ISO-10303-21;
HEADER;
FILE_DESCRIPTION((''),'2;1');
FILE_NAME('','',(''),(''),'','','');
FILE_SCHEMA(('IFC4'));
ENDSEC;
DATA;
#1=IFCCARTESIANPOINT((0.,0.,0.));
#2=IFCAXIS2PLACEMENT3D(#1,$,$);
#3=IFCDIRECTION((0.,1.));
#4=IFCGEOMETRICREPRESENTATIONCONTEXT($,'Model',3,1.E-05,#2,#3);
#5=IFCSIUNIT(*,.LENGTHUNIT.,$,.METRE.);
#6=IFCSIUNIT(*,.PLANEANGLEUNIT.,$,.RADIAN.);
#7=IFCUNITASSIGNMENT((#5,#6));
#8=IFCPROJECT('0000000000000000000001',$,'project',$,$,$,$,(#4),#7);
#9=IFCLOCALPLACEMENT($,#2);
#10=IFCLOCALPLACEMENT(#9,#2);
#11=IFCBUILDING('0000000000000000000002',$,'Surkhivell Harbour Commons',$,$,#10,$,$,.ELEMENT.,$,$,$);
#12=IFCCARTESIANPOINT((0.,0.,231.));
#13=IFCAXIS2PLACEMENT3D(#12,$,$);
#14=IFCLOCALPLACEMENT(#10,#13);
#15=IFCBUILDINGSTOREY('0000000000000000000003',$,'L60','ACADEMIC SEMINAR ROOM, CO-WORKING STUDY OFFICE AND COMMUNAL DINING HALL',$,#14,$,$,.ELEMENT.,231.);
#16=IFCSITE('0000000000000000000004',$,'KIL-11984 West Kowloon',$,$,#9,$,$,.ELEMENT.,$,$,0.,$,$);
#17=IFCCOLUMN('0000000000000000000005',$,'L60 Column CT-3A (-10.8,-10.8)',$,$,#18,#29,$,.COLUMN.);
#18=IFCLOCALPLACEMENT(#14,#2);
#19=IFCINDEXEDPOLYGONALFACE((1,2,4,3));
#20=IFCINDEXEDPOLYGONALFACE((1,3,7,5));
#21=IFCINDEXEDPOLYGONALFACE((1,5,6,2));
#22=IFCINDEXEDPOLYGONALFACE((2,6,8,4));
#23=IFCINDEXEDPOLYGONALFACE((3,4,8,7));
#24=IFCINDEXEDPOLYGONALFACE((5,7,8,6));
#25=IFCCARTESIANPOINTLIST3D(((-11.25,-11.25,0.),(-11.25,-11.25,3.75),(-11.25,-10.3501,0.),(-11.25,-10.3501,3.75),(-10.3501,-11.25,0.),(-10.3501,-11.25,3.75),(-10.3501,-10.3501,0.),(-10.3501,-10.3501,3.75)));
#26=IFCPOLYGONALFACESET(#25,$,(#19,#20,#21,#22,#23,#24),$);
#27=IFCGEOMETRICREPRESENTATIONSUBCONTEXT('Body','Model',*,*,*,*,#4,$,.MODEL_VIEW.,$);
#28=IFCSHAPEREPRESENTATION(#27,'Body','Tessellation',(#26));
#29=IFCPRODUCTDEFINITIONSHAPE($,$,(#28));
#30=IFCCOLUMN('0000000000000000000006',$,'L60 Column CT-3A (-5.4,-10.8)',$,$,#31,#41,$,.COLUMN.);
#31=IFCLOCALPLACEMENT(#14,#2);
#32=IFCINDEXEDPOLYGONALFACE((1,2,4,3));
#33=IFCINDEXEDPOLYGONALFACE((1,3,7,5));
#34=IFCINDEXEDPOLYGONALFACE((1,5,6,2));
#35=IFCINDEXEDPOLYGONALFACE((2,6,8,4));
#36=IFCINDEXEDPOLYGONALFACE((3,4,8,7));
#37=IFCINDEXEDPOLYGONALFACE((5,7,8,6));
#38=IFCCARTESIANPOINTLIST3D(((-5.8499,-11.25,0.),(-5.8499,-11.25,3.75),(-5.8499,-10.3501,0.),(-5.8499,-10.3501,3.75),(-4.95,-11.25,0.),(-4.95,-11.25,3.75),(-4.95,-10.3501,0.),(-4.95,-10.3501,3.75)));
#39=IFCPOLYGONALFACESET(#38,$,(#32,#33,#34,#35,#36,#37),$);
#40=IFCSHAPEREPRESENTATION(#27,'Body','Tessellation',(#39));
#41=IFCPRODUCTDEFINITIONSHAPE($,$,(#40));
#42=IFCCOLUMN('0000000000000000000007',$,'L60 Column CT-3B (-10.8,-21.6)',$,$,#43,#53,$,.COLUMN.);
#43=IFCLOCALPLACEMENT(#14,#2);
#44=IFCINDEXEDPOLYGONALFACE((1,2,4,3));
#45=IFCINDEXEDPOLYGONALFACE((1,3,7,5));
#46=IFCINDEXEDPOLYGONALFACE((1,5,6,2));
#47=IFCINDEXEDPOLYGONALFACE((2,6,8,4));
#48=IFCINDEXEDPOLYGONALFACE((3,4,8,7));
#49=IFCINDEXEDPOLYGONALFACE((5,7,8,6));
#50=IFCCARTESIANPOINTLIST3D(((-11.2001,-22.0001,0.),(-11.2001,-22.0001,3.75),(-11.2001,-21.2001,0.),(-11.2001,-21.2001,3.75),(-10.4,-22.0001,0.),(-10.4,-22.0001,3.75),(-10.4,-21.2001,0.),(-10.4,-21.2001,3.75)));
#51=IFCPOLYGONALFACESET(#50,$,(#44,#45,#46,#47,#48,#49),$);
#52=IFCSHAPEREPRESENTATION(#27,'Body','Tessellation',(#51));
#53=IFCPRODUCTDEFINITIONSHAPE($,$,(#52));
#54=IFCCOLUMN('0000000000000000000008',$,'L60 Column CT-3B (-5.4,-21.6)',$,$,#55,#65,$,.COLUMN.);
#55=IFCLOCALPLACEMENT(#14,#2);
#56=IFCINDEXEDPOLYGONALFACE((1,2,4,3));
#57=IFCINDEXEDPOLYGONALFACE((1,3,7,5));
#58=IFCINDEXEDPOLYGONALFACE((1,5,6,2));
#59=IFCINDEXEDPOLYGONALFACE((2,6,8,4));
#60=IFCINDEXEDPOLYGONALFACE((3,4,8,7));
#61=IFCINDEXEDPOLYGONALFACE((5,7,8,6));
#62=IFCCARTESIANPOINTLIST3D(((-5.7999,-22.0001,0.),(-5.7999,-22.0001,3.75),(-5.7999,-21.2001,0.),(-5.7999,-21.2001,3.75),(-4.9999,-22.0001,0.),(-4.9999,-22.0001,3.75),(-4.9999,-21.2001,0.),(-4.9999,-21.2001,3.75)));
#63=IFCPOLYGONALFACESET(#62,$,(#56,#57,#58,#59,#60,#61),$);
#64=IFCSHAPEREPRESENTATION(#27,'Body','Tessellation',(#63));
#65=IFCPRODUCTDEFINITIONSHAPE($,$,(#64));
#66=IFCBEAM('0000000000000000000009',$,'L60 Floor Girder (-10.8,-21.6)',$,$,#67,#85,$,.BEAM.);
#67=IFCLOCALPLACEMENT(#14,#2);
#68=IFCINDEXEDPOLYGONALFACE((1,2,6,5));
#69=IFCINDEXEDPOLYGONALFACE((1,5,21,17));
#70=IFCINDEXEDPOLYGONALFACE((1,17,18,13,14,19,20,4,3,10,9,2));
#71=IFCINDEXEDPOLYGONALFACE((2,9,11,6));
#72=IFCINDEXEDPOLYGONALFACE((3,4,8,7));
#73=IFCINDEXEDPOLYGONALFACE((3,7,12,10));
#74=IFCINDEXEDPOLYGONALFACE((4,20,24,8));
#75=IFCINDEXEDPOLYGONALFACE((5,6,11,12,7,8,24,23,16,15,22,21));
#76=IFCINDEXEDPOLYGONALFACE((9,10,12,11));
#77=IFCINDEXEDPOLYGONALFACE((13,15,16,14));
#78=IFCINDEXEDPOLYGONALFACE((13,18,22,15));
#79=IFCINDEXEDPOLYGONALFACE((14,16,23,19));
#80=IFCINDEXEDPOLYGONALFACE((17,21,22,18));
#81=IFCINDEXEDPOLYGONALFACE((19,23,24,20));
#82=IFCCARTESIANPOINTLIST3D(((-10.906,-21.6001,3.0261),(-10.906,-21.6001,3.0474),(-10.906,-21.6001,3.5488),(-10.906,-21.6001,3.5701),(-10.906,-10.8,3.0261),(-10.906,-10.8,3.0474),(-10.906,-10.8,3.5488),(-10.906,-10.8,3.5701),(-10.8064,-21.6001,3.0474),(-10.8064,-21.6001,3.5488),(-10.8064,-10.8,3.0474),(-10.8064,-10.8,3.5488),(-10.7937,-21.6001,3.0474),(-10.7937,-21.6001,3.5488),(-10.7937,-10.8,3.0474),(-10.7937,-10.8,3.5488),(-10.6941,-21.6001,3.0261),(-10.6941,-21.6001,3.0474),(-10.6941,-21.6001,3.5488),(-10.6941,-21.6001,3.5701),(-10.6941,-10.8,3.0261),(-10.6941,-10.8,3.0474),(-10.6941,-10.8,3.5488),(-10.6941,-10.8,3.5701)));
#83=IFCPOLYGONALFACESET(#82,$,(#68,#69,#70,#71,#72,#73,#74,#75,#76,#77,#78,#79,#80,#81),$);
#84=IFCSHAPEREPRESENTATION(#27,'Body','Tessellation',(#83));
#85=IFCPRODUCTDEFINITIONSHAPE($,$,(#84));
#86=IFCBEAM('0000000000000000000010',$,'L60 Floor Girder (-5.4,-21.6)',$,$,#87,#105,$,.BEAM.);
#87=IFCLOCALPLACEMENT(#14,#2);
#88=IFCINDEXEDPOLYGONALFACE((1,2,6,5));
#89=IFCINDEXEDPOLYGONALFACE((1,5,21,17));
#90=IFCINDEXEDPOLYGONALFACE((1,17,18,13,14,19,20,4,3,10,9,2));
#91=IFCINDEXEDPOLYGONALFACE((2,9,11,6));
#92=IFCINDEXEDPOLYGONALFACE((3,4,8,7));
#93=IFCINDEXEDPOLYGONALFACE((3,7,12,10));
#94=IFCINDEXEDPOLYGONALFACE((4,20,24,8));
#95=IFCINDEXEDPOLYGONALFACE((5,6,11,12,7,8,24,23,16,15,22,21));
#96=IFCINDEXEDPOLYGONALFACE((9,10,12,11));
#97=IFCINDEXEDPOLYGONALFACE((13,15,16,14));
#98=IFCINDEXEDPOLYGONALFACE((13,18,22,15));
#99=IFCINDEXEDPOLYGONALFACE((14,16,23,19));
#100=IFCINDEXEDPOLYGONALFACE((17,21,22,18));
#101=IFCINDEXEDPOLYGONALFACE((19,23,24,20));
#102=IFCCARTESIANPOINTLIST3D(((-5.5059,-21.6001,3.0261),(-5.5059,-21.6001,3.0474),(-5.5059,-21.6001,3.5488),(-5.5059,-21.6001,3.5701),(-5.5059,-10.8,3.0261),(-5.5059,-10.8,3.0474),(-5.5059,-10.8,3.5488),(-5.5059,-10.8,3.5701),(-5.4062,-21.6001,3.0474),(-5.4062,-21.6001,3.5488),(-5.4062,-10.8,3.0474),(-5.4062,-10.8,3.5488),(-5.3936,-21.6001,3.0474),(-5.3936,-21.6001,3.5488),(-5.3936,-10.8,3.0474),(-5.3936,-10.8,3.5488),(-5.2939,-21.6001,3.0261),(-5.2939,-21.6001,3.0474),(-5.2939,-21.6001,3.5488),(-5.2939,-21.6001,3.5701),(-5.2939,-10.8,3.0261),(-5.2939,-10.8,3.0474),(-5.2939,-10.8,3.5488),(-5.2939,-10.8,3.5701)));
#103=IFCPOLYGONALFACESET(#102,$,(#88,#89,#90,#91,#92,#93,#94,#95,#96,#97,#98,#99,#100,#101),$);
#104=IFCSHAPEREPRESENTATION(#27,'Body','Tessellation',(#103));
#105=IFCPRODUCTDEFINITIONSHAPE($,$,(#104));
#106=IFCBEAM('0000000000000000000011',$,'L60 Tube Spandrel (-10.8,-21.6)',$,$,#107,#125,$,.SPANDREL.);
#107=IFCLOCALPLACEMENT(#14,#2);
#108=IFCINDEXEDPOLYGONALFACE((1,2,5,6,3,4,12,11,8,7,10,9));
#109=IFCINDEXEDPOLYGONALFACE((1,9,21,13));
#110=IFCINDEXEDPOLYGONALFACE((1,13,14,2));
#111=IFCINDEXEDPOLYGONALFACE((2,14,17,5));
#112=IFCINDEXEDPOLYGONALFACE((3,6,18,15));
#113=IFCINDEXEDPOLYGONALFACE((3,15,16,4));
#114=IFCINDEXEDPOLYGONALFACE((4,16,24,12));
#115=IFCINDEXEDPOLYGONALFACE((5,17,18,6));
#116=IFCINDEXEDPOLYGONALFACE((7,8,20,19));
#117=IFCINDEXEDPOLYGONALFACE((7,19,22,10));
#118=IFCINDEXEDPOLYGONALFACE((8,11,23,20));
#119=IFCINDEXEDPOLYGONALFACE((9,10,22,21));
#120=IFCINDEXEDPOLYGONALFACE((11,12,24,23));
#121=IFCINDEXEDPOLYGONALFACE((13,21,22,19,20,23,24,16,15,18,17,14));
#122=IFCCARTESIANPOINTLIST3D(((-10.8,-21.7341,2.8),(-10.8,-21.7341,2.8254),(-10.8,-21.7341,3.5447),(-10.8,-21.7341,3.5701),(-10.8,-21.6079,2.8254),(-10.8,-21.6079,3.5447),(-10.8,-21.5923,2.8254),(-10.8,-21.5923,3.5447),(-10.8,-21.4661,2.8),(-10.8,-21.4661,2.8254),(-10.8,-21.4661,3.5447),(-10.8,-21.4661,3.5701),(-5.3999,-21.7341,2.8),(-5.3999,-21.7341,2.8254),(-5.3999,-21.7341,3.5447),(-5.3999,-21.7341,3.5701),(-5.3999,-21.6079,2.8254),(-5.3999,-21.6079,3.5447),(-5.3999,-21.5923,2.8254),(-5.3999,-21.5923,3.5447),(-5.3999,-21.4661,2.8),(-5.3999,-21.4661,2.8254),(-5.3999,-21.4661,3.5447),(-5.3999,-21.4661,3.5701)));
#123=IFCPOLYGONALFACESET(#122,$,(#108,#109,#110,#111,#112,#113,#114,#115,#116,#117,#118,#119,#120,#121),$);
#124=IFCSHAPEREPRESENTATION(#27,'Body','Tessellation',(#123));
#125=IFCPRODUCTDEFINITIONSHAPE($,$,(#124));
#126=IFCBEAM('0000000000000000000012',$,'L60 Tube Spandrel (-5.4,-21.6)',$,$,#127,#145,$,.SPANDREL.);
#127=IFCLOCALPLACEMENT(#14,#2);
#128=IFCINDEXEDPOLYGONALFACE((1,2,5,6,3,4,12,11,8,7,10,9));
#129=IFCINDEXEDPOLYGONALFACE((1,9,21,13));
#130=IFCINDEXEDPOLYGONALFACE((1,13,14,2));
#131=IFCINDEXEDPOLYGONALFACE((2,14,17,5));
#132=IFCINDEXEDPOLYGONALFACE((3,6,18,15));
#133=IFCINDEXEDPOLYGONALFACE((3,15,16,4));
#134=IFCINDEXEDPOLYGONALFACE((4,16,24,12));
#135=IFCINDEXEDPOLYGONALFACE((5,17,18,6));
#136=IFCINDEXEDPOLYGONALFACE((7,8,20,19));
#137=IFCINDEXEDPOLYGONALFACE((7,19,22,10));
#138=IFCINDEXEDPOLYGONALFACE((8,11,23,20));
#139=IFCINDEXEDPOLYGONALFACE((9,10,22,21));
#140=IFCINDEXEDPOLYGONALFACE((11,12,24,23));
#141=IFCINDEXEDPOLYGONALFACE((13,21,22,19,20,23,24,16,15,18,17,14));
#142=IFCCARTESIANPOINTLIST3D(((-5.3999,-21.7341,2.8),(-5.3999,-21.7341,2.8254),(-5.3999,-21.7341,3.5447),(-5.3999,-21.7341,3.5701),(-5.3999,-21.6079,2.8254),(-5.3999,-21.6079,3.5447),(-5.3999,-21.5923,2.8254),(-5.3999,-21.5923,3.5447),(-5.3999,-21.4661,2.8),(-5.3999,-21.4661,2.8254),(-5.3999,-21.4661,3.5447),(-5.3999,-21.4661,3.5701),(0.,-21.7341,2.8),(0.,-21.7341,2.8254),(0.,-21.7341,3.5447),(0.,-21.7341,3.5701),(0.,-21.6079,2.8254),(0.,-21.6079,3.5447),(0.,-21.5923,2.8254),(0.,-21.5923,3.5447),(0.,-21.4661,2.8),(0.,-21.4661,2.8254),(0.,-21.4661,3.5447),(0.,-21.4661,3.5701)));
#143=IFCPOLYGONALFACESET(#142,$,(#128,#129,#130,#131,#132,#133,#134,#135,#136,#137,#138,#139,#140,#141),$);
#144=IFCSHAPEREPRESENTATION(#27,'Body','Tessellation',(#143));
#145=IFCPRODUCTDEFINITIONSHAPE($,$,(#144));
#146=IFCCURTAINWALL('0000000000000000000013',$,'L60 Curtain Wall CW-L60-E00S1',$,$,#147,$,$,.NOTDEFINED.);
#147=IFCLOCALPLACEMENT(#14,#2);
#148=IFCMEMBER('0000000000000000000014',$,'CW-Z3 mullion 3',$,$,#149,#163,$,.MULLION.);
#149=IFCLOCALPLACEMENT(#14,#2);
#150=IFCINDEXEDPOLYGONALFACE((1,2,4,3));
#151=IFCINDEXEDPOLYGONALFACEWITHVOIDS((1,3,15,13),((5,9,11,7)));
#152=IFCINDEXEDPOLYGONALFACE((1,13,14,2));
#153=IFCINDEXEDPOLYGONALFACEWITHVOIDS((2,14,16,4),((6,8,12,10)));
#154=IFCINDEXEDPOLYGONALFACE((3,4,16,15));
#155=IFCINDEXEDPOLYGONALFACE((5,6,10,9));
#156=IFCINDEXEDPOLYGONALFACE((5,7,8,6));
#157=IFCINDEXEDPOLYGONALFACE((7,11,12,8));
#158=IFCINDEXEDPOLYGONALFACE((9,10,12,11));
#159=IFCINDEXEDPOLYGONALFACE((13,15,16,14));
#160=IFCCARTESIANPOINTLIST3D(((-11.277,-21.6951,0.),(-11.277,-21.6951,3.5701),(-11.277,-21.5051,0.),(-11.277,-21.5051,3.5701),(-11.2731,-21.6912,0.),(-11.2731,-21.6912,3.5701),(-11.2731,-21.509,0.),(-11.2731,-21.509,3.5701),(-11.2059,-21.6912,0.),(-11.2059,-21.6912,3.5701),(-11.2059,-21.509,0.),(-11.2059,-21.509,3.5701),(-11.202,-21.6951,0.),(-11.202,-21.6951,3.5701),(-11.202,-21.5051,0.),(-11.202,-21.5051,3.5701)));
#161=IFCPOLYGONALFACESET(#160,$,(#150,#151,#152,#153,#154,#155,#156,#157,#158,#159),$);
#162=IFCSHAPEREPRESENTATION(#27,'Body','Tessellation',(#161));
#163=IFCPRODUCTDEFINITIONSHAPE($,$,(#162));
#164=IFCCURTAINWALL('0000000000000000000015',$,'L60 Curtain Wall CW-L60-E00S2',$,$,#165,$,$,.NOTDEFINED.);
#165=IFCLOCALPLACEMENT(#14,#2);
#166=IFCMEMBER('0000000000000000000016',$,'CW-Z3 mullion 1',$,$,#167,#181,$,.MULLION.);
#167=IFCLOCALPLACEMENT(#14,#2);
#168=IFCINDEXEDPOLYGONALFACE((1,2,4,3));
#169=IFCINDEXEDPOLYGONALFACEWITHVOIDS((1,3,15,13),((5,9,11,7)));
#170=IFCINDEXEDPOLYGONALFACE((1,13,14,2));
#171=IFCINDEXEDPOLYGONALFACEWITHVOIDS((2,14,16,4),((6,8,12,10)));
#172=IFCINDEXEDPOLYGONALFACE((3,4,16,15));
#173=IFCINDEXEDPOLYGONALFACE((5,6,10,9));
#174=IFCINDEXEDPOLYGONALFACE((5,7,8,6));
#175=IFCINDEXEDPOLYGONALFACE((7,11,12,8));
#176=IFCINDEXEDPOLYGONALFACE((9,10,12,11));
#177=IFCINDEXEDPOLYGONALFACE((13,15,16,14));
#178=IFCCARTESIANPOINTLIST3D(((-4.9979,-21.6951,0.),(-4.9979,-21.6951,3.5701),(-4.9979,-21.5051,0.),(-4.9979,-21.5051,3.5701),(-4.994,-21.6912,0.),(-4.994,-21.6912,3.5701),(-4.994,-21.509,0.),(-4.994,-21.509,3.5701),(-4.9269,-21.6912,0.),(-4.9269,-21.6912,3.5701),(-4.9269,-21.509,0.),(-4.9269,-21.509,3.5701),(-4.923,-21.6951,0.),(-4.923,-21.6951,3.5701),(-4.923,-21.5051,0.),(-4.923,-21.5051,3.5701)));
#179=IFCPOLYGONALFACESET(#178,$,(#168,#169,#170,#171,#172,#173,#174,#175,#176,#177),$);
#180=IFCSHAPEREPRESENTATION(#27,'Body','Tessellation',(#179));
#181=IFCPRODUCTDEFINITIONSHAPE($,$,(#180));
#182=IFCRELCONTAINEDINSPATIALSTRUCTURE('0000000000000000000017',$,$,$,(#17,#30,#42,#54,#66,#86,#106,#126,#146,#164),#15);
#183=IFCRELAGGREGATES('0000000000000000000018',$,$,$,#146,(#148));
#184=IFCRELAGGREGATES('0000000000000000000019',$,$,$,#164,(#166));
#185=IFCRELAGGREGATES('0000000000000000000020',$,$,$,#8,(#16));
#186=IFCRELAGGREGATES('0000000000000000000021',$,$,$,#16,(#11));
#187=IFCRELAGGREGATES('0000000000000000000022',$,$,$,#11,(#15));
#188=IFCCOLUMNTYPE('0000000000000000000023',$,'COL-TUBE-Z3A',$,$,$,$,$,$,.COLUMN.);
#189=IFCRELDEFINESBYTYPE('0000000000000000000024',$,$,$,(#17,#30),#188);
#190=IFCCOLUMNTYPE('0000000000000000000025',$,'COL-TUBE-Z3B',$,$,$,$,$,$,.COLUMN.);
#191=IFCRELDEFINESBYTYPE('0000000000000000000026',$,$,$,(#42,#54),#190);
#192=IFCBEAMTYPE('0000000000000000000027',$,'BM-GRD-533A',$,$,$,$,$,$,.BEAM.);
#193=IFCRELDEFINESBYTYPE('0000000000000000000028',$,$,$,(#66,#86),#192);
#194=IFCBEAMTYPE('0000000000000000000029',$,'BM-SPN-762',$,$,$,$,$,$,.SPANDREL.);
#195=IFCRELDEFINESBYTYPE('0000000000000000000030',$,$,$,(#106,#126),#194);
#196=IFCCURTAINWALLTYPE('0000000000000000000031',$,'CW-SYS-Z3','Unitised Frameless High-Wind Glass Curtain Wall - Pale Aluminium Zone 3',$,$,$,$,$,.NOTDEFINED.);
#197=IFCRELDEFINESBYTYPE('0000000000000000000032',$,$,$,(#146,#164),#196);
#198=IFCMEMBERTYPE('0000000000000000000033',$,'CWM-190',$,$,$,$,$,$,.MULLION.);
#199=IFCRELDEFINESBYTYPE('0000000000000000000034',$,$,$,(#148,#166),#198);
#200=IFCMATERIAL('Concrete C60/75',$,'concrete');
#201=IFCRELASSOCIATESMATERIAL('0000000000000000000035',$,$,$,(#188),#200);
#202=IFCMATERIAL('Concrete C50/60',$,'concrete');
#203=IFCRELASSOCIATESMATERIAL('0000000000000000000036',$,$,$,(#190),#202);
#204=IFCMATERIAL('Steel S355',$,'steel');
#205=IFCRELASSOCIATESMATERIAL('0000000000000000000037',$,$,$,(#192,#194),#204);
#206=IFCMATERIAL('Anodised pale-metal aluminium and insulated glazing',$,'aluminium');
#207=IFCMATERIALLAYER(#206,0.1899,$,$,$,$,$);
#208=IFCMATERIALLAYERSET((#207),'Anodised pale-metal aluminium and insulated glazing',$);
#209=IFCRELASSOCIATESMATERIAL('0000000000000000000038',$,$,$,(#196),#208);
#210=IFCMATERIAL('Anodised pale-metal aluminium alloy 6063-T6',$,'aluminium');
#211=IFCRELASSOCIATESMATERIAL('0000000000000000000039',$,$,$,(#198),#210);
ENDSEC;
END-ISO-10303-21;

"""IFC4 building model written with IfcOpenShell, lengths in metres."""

from ifc_helpers import new_model, si_unit, direction, frame, origin, origin_2d, place, context, subcontext, project, spatial, rectangle, hollow_rectangle, i_section, extrude, material, layer, layer_set, material_profile, profile_set, type_object, element, aggregate, save


model = new_model("IFC4")

# Units and contexts
model_context = context("Model", 3, precision=1e-05, world=origin(), true_north=direction((0.0, 1.0)))
body_context = subcontext(model_context, "Body", "Model", "MODEL_VIEW")
ifc_project = project(units=[si_unit("LENGTHUNIT", "METRE"), si_unit("PLANEANGLEUNIT", "RADIAN")], contexts=[model_context])

# Site, building, storey
site_placement = place(None, origin())
site = spatial("IfcSite", under=ifc_project, at=site_placement, Name="KIL-11984 West Kowloon", CompositionType="ELEMENT", RefElevation=0.0)
building_placement = place(site_placement, origin())
building = spatial("IfcBuilding", under=site, at=building_placement, Name="Surkhivell Harbour Commons", CompositionType="ELEMENT")
storey_placement = place(building_placement, frame((0.0, 0.0, 231.0)))
storey = spatial("IfcBuildingStorey", under=building, at=storey_placement, Name="L60", Description="ACADEMIC SEMINAR ROOM, CO-WORKING STUDY OFFICE AND COMMUNAL DINING HALL", CompositionType="ELEMENT", Elevation=231.0)

# Columns
ifc_material_1 = material(Name="Concrete C60/75", Category="concrete")
ifc_material_profile_1 = material_profile(ifc_material_1, rectangle(XDim=0.8999, YDim=0.8999, at=origin_2d()), Name="RC-COL-900x900")
ifc_profile_set_1 = profile_set([ifc_material_profile_1], Name="Concrete C60/75")
column_type_1 = type_object("IfcColumnType", Name="COL-TUBE-Z3A", PredefinedType="COLUMN", material=ifc_profile_set_1)
for number, where, z_axis, x_axis, name in (
    (1, (-10.8, -10.8, 0.0), (0.0, 0.0, 1.0), (1.0, 0.0, 0.0), "L60 Column CT-3A (-10.8,-10.8)"),
    (2, (-5.3999, -10.8, 0.0), (0.0, 0.0, 1.0), (1.0, 0.0, 0.0), "L60 Column CT-3A (-5.4,-10.8)"),
):
    element("IfcColumn", number, at=place(storey_placement, frame(where, z_axis=z_axis, x_axis=x_axis)), inside=storey, type_object=column_type_1, Name=name, PredefinedType="COLUMN", context=body_context, shape_type="SweptSolid", body=[
        extrude(rectangle(XDim=0.8999, YDim=0.8999, at=origin_2d()), origin(), (0.0, 0.0, 1.0), 3.75),
    ])
ifc_material_2 = material(Name="Concrete C50/60", Category="concrete")
ifc_material_profile_2 = material_profile(ifc_material_2, rectangle(XDim=0.8, YDim=0.8, at=origin_2d()), Name="RC-COL-800x800")
ifc_profile_set_2 = profile_set([ifc_material_profile_2], Name="Concrete C50/60")
column_type_2 = type_object("IfcColumnType", Name="COL-TUBE-Z3B", PredefinedType="COLUMN", material=ifc_profile_set_2)
for number, where, z_axis, x_axis, name in (
    (3, (-10.8, -21.6001, 0.0), (0.0, 0.0, 1.0), (1.0, 0.0, 0.0), "L60 Column CT-3B (-10.8,-21.6)"),
    (4, (-5.3999, -21.6001, 0.0), (0.0, 0.0, 1.0), (1.0, 0.0, 0.0), "L60 Column CT-3B (-5.4,-21.6)"),
):
    element("IfcColumn", number, at=place(storey_placement, frame(where, z_axis=z_axis, x_axis=x_axis)), inside=storey, type_object=column_type_2, Name=name, PredefinedType="COLUMN", context=body_context, shape_type="SweptSolid", body=[
        extrude(rectangle(XDim=0.8, YDim=0.8, at=origin_2d()), origin(), (0.0, 0.0, 1.0), 3.75),
    ])

# Beams
ifc_material_3 = material(Name="Steel S355", Category="steel")
ifc_material_profile_3 = material_profile(ifc_material_3, i_section(OverallWidth=0.2119, OverallDepth=0.5439, WebThickness=0.0127, FlangeThickness=0.0212, at=origin_2d()), Name="UB533x210x122")
ifc_profile_set_3 = profile_set([ifc_material_profile_3], Name="Steel S355")
beam_type_1 = type_object("IfcBeamType", Name="BM-GRD-533A", PredefinedType="BEAM", material=ifc_profile_set_3)
for number, where, z_axis, x_axis, name in (
    (5, (-10.8, -21.6001, 3.2981), (0.0, 1.0, 0.0), (-1.0, 0.0, 0.0), "L60 Floor Girder (-10.8,-21.6)"),
    (6, (-5.3999, -21.6001, 3.2981), (0.0, 1.0, 0.0), (-1.0, 0.0, 0.0), "L60 Floor Girder (-5.4,-21.6)"),
):
    element("IfcBeam", number, at=place(storey_placement, frame(where, z_axis=z_axis, x_axis=x_axis)), inside=storey, type_object=beam_type_1, Name=name, PredefinedType="BEAM", context=body_context, shape_type="SweptSolid", body=[
        extrude(i_section(OverallWidth=0.2119, OverallDepth=0.5439, WebThickness=0.0127, FlangeThickness=0.0212, at=origin_2d()), origin(), (0.0, 0.0, 1.0), 10.8),
    ])
ifc_material_profile_4 = material_profile(ifc_material_3, i_section(OverallWidth=0.2681, OverallDepth=0.77, WebThickness=0.0156, FlangeThickness=0.0254, at=origin_2d()), Name="UB762x267x197")
ifc_profile_set_4 = profile_set([ifc_material_profile_4], Name="Steel S355")
beam_type_2 = type_object("IfcBeamType", Name="BM-SPN-762", PredefinedType="SPANDREL", material=ifc_profile_set_4)
beam_1_placement = place(storey_placement, frame((-10.8, -21.6001, 3.1851), z_axis=(1.0, 0.0, 0.0), x_axis=(0.0, 1.0, 0.0)))
element("IfcBeam", 7, at=beam_1_placement, inside=storey, type_object=beam_type_2, Name="L60 Tube Spandrel (-10.8,-21.6)", PredefinedType="SPANDREL", context=body_context, shape_type="SweptSolid", body=[
    extrude(i_section(OverallWidth=0.2681, OverallDepth=0.77, WebThickness=0.0156, FlangeThickness=0.0254, at=origin_2d()), origin(), (0.0, 0.0, 1.0), 5.4001),
])
beam_2_placement = place(storey_placement, frame((-5.3999, -21.6001, 3.1851), z_axis=(1.0, 0.0, 0.0), x_axis=(0.0, 1.0, 0.0)))
element("IfcBeam", 8, at=beam_2_placement, inside=storey, type_object=beam_type_2, Name="L60 Tube Spandrel (-5.4,-21.6)", PredefinedType="SPANDREL", context=body_context, shape_type="SweptSolid", body=[
    extrude(i_section(OverallWidth=0.2681, OverallDepth=0.77, WebThickness=0.0156, FlangeThickness=0.0254, at=origin_2d()), origin(), (0.0, 0.0, 1.0), 5.3999),
])

# Curtain wall, member
ifc_material_4 = material(Name="Anodised pale-metal aluminium and insulated glazing", Category="aluminium")
ifc_layer_1 = layer(ifc_material_4, 0.1899)
ifc_layer_set_1 = layer_set([ifc_layer_1], Name="Anodised pale-metal aluminium and insulated glazing")
curtain_wall_type = type_object("IfcCurtainWallType", Name="CW-SYS-Z3", Description="Unitised Frameless High-Wind Glass Curtain Wall - Pale Aluminium Zone 3", PredefinedType="NOTDEFINED", material=ifc_layer_set_1)
curtain_wall_1_placement = place(storey_placement, origin())
curtain_wall_1 = element("IfcCurtainWall", 9, at=curtain_wall_1_placement, inside=storey, type_object=curtain_wall_type, Name="L60 Curtain Wall CW-L60-E00S1", PredefinedType="NOTDEFINED")
ifc_material_5 = material(Name="Anodised pale-metal aluminium alloy 6063-T6", Category="aluminium")
ifc_material_profile_5 = material_profile(ifc_material_5, hollow_rectangle(XDim=0.075, YDim=0.1899, WallThickness=0.0039, at=origin_2d()), Name="ALU-MULL-75x190")
ifc_profile_set_5 = profile_set([ifc_material_profile_5], Name="Anodised pale-metal aluminium alloy 6063-T6")
member_type_1 = type_object("IfcMemberType", Name="CWM-190", PredefinedType="MULLION", material=ifc_profile_set_5)
member_1_placement = place(storey_placement, frame((-11.2395, -21.6001, 0.0), z_axis=(0.0, 0.0, 1.0), x_axis=(1.0, 0.0, 0.0)))
member_1 = element("IfcMember", 10, at=member_1_placement, type_object=member_type_1, Name="CW-Z3 mullion 3", PredefinedType="MULLION", context=body_context, shape_type="SweptSolid", body=[
    extrude(hollow_rectangle(XDim=0.075, YDim=0.1899, WallThickness=0.0039, at=origin_2d()), origin(), (0.0, 0.0, 1.0), 3.5701),
])
aggregate(curtain_wall_1, [member_1])

# Curtain wall, member
curtain_wall_2_placement = place(storey_placement, origin())
curtain_wall_2 = element("IfcCurtainWall", 11, at=curtain_wall_2_placement, inside=storey, type_object=curtain_wall_type, Name="L60 Curtain Wall CW-L60-E00S2", PredefinedType="NOTDEFINED")
member_2_placement = place(storey_placement, frame((-4.9604, -21.6001, 0.0), z_axis=(0.0, 0.0, 1.0), x_axis=(1.0, 0.0, 0.0)))
member_2 = element("IfcMember", 12, at=member_2_placement, type_object=member_type_1, Name="CW-Z3 mullion 1", PredefinedType="MULLION", context=body_context, shape_type="SweptSolid", body=[
    extrude(hollow_rectangle(XDim=0.075, YDim=0.1899, WallThickness=0.0039, at=origin_2d()), origin(), (0.0, 0.0, 1.0), 3.5701),
])

aggregate(curtain_wall_2, [member_2])

save(model, "model.ifc")
